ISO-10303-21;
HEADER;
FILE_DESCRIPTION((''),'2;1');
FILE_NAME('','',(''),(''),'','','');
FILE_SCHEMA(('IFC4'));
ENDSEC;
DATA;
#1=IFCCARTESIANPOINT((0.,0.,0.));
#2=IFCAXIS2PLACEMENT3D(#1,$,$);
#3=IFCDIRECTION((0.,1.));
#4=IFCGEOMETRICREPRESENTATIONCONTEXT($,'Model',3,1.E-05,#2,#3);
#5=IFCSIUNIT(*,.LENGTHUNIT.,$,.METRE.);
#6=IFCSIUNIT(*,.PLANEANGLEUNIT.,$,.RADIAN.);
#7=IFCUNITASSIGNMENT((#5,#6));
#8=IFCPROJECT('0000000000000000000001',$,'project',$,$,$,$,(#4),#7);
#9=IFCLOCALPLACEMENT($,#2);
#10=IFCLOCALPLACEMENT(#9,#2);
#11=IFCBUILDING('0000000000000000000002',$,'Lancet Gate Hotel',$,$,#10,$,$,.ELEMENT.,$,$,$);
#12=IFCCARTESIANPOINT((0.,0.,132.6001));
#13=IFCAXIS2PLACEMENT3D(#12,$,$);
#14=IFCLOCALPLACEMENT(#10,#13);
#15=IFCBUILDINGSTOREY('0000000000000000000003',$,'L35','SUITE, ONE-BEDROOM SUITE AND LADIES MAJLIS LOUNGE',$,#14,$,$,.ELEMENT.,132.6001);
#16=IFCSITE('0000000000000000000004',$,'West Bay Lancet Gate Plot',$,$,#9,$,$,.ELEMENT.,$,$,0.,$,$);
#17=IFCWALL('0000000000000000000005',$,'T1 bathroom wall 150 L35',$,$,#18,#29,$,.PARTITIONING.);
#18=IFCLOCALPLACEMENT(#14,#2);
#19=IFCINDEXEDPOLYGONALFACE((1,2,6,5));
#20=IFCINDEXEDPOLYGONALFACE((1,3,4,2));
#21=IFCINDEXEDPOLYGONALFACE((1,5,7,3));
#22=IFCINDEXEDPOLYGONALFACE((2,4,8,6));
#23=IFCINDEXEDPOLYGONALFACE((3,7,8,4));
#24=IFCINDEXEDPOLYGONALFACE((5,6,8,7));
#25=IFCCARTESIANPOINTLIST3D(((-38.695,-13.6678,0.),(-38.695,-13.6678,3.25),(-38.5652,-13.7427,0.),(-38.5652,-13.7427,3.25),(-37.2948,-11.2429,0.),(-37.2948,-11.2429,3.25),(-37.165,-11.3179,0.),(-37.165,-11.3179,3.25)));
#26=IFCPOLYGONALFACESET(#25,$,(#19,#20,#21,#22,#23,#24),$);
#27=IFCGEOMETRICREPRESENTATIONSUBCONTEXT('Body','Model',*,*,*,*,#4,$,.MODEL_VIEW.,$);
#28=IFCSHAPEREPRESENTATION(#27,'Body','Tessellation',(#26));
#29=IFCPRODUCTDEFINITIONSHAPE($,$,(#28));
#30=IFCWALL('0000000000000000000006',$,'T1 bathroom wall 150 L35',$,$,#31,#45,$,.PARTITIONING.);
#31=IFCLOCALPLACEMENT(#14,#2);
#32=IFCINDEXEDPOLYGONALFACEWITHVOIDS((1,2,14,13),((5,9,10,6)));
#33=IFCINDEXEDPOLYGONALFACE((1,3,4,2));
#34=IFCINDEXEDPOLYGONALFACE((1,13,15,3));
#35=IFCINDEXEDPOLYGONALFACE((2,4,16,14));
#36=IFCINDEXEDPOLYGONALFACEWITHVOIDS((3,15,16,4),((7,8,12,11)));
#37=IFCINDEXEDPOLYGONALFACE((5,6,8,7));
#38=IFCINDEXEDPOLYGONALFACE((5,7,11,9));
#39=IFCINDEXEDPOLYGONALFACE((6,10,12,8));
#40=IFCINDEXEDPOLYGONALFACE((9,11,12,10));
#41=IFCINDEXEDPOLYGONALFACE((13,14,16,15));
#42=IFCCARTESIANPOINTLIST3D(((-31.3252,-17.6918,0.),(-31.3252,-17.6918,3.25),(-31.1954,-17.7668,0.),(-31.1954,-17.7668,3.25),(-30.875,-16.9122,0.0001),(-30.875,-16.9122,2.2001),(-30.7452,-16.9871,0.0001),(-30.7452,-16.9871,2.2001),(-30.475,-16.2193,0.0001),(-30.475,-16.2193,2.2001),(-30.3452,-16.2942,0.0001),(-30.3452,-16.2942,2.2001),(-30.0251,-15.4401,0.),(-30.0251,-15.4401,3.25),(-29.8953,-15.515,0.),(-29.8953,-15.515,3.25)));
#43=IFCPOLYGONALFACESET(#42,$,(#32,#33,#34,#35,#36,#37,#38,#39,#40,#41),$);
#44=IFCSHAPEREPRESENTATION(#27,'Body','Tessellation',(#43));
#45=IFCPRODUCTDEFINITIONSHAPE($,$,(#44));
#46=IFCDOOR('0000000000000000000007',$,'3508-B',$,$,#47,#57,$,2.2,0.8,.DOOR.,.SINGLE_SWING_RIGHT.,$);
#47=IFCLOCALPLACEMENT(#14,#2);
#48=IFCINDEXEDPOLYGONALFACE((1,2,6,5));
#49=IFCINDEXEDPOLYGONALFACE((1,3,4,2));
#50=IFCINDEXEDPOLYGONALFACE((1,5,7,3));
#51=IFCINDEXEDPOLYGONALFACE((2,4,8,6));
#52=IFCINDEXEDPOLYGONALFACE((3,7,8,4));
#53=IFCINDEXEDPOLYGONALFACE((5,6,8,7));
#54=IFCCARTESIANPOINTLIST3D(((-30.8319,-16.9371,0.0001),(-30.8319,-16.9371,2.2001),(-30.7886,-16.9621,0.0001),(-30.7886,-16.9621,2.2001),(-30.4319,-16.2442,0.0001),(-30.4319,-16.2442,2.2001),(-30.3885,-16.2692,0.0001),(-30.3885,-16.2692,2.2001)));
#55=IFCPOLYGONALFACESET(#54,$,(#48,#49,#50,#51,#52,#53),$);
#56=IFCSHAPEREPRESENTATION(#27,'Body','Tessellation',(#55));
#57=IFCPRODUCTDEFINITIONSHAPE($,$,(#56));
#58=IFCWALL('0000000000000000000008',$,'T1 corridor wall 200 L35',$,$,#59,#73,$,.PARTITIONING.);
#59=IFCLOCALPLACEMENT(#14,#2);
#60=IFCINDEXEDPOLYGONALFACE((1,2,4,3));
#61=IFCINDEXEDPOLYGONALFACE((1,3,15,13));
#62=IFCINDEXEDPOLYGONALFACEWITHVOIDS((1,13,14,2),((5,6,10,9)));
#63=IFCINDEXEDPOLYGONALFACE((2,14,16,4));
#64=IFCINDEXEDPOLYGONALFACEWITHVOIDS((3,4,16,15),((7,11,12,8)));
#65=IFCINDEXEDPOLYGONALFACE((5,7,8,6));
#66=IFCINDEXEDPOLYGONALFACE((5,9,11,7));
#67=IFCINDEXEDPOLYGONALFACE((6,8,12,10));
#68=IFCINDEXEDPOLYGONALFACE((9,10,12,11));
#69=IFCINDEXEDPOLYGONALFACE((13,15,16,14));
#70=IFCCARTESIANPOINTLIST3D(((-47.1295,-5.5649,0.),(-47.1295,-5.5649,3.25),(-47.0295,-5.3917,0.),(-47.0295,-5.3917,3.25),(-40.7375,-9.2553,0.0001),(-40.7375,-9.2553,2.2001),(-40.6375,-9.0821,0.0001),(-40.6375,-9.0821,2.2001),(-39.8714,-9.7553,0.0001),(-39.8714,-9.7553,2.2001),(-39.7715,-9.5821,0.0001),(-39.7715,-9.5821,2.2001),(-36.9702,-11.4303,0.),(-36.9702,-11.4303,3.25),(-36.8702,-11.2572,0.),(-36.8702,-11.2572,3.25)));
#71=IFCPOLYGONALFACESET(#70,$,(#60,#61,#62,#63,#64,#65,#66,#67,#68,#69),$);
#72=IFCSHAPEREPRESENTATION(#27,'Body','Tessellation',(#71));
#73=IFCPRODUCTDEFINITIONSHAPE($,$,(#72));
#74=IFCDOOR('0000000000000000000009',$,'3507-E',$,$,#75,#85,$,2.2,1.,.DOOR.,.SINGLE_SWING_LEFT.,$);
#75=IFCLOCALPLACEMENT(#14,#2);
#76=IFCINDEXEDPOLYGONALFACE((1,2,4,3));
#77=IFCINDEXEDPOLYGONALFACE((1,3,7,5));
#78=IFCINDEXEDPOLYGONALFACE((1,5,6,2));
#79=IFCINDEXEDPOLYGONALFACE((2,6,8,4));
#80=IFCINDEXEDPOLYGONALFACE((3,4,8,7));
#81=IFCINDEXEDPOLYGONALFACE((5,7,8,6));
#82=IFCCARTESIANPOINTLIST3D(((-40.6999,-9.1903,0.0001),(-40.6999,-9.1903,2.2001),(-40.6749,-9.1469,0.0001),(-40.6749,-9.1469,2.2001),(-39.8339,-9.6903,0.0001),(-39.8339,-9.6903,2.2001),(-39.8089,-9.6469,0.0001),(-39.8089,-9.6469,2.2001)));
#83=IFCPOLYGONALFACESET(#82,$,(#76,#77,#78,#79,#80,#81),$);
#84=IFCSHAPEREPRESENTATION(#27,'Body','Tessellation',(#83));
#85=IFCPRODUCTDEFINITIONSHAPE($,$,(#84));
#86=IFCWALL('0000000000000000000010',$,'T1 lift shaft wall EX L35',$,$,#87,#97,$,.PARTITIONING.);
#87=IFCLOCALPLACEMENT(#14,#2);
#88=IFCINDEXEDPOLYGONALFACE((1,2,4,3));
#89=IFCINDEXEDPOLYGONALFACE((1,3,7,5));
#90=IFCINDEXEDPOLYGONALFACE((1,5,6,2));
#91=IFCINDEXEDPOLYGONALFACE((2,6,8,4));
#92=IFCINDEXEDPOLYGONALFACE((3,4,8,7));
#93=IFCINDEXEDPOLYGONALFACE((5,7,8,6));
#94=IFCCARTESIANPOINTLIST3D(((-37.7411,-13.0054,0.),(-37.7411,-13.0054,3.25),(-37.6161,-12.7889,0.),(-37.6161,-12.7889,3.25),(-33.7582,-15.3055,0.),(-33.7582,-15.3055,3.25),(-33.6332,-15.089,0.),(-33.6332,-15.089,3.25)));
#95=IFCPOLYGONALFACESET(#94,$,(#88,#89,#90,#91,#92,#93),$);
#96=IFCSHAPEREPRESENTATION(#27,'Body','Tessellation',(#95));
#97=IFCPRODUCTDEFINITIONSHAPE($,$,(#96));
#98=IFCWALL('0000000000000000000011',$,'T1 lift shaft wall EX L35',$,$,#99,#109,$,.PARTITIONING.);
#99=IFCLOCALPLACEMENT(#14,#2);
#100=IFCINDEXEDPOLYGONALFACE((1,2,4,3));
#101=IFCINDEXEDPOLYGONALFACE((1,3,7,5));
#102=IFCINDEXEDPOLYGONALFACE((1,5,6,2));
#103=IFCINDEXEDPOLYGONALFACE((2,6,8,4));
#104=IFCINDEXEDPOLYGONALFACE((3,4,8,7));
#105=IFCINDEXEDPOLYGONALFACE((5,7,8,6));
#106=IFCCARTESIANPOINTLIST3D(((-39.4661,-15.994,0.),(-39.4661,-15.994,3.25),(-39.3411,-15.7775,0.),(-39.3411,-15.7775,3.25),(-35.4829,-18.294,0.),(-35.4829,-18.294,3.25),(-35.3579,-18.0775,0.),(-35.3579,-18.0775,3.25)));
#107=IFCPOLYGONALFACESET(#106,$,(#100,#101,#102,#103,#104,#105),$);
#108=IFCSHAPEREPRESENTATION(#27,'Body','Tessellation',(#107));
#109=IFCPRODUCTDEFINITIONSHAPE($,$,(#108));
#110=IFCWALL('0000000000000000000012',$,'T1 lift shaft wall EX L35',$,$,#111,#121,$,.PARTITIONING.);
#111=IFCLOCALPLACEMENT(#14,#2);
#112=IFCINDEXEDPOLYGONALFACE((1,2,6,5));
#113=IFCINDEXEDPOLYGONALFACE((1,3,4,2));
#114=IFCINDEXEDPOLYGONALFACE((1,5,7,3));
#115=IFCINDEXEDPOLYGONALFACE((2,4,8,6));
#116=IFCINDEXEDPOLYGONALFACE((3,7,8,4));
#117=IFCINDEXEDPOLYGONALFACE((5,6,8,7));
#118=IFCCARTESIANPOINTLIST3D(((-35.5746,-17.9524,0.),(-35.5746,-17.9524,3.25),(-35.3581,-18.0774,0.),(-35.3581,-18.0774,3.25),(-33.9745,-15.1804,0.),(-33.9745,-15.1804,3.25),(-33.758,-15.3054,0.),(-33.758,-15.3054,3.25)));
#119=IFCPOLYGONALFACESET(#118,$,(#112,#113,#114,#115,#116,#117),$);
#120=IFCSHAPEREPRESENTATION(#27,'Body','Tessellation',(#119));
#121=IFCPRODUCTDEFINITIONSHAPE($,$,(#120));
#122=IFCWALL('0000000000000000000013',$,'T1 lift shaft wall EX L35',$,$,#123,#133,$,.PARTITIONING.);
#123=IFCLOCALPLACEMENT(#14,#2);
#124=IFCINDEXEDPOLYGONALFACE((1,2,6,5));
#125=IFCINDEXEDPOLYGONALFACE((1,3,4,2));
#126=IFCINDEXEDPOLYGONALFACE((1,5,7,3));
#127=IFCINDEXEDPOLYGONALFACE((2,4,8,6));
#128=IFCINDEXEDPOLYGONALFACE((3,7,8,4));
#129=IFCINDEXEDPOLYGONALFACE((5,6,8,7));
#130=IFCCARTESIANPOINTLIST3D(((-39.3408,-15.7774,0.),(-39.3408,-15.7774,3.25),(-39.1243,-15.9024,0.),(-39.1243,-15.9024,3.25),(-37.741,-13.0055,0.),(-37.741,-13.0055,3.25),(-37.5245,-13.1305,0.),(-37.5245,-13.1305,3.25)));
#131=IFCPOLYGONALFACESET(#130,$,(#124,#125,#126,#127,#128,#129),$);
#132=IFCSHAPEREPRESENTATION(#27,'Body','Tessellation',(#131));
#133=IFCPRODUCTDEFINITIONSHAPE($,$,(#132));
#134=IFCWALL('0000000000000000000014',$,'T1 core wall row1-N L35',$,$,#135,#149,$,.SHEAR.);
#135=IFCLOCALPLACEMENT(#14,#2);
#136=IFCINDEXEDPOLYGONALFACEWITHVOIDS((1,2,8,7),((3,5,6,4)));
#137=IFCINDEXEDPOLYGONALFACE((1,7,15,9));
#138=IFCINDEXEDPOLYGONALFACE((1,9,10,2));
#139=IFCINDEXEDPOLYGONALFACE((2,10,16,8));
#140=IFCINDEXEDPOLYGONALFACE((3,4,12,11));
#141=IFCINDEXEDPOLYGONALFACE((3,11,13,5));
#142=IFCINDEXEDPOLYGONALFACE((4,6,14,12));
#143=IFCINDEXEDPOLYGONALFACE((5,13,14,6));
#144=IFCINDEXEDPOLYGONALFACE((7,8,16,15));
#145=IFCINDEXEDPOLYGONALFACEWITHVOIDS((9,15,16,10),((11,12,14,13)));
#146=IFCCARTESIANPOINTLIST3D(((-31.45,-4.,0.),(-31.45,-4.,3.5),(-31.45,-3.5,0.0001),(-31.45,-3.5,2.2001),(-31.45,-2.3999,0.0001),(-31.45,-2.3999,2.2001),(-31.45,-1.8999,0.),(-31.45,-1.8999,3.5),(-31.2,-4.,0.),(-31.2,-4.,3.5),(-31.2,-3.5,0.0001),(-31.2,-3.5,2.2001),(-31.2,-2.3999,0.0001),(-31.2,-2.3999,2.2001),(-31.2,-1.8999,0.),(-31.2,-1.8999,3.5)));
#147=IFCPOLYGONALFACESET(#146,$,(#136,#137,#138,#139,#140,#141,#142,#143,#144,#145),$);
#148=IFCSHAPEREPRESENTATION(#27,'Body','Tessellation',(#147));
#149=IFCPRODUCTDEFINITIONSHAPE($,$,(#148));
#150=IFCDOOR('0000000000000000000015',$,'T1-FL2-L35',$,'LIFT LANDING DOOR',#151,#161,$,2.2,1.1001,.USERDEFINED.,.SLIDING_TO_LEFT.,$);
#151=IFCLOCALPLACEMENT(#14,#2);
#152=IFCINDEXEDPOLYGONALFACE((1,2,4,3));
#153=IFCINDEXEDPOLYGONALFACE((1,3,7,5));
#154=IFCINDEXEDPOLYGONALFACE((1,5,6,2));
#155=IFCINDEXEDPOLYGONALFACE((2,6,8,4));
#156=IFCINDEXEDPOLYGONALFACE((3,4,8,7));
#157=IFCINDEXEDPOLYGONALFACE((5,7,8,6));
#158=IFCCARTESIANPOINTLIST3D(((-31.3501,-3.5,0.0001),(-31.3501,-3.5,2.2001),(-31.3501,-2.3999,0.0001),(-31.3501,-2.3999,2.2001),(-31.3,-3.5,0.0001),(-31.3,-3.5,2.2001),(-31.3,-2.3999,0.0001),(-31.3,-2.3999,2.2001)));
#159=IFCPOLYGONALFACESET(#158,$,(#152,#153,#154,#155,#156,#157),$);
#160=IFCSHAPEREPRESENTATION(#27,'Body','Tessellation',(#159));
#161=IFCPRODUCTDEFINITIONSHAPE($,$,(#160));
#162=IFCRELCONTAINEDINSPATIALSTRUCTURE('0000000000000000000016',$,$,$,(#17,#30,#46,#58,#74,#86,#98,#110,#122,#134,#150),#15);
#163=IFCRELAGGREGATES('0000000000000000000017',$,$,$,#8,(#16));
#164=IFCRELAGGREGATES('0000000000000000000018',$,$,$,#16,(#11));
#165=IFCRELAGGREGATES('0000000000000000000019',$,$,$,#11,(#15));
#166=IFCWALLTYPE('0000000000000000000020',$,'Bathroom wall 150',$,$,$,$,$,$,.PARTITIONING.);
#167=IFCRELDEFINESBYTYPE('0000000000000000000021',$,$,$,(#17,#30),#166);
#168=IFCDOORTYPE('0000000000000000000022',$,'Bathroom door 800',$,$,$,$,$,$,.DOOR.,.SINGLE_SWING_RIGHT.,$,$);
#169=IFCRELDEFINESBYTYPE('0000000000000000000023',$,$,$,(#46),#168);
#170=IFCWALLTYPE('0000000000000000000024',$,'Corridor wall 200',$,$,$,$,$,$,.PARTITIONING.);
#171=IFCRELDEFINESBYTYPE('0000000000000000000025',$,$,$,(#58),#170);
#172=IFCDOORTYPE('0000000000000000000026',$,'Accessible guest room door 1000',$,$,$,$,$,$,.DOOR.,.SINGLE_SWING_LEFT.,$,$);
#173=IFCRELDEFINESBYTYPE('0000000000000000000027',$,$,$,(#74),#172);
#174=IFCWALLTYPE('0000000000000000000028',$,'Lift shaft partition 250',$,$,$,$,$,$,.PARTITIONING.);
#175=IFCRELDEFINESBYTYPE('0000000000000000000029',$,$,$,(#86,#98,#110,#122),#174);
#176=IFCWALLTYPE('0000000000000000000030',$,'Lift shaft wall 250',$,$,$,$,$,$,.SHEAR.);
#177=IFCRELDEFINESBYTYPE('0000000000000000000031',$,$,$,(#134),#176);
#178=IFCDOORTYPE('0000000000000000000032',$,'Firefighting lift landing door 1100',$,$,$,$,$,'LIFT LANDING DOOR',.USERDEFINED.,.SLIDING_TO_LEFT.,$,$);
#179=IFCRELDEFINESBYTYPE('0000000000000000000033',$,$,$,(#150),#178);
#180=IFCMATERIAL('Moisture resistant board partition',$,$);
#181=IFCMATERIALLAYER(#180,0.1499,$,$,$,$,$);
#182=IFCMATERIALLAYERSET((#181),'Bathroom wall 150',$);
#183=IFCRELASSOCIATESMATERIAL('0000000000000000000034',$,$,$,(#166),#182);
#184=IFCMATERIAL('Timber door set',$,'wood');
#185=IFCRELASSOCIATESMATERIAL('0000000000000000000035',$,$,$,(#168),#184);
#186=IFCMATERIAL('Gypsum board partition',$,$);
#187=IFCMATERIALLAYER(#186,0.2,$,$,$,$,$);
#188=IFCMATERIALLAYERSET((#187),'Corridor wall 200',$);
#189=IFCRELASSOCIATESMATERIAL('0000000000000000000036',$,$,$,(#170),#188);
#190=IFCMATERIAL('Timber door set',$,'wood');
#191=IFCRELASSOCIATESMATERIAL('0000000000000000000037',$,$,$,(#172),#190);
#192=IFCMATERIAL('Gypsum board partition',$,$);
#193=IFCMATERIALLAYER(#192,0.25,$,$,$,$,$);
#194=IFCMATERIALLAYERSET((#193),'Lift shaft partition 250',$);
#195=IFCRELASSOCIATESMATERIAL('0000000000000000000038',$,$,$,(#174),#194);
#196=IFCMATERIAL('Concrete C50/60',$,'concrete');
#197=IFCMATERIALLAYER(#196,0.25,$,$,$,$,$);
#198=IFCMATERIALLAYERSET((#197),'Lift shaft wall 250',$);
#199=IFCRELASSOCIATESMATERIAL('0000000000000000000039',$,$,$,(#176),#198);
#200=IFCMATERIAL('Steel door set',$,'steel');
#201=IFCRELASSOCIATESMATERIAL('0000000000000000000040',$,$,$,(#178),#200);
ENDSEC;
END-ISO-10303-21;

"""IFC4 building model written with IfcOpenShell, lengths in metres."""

from ifc_helpers import new_model, si_unit, direction, frame, frame_2d, origin, place, context, subcontext, project, spatial, rectangle, extrude, material, layer, layer_set, type_object, element, fill, save


model = new_model("IFC4")

# Units and contexts
model_context = context("Model", 3, precision=1e-05, world=origin(), true_north=direction((0.0, 1.0)))
body_context = subcontext(model_context, "Body", "Model", "MODEL_VIEW")
ifc_project = project(units=[si_unit("LENGTHUNIT", "METRE"), si_unit("PLANEANGLEUNIT", "RADIAN")], contexts=[model_context])

# Site, building, storey
site_placement = place(None, origin())
site = spatial("IfcSite", under=ifc_project, at=site_placement, Name="West Bay Lancet Gate Plot", CompositionType="ELEMENT", RefElevation=0.0)
building_placement = place(site_placement, origin())
building = spatial("IfcBuilding", under=site, at=building_placement, Name="Lancet Gate Hotel", CompositionType="ELEMENT")
storey_placement = place(building_placement, frame((0.0, 0.0, 132.6001)))
storey = spatial("IfcBuildingStorey", under=building, at=storey_placement, Name="L35", Description="SUITE, ONE-BEDROOM SUITE AND LADIES MAJLIS LOUNGE", CompositionType="ELEMENT", Elevation=132.6001)

# Wall
ifc_material_1 = material(Name="Moisture resistant board partition")
ifc_layer_1 = layer(ifc_material_1, 0.1499)
ifc_layer_set_1 = layer_set([ifc_layer_1], Name="Bathroom wall 150")
wall_type_1 = type_object("IfcWallType", Name="Bathroom wall 150", PredefinedType="PARTITIONING", material=ifc_layer_set_1)
wall_1_placement = place(storey_placement, frame((-37.23, -11.2805, 0.0), z_axis=(0.0, 0.0, 1.0), x_axis=(-0.50005, -0.865997, 0.0)))
element("IfcWall", 1, at=wall_1_placement, inside=storey, type_object=wall_type_1, Name="T1 bathroom wall 150 L35", PredefinedType="PARTITIONING", context=body_context, shape_type="SweptSolid", body=[
    extrude(rectangle(XDim=2.8, YDim=0.1499, at=frame_2d((1.3999, 0.0))), origin(), (0.0, 0.0, 1.0), 3.25),
])

# Walls, openings, doors
wall_2_placement = place(storey_placement, frame((-29.9602, -15.4775, 0.0), z_axis=(0.0, 0.0, 1.0), x_axis=(-0.500007, -0.866021, 0.0)))
wall_2 = element("IfcWall", 2, at=wall_2_placement, inside=storey, type_object=wall_type_1, Name="T1 bathroom wall 150 L35", PredefinedType="PARTITIONING", context=body_context, shape_type="SweptSolid", body=[
    extrude(rectangle(XDim=2.6001, YDim=0.1499, at=frame_2d((1.3, 0.0))), origin(), (0.0, 0.0, 1.0), 3.25),
])
opening_1_placement = place(wall_2_placement, frame((0.8999, 0.0, 0.0)))
opening_1 = element("IfcOpeningElement", 3, at=opening_1_placement, cuts=wall_2, PredefinedType="OPENING", context=body_context, shape_type="SweptSolid", body=[
    extrude(rectangle(XDim=0.8, YDim=2.2, at=frame_2d((0.3999, 1.1001))), frame((0.0, 0.085, 0.0), z_axis=(0.0, -1.0, 0.0), x_axis=(1.0, 0.0, 0.0)), (0.0, 0.0, 1.0), 0.1699),
])
ifc_material_2 = material(Name="Timber door set", Category="wood")
door_type_1 = type_object("IfcDoorType", Name="Bathroom door 800", OperationType="SINGLE_SWING_RIGHT", PredefinedType="DOOR", material=ifc_material_2)
door_1_placement = place(opening_1_placement, origin())
door_1 = element("IfcDoor", 4, at=door_1_placement, inside=storey, type_object=door_type_1, Name="3508-B", OperationType="SINGLE_SWING_RIGHT", OverallHeight=2.2, OverallWidth=0.8, PredefinedType="DOOR", context=body_context, shape_type="SweptSolid", body=[
    extrude(rectangle(XDim=0.8, YDim=2.2, at=frame_2d((0.3999, 1.1001))), frame((0.0, 0.0249, 0.0), z_axis=(0.0, -1.0, 0.0), x_axis=(1.0, 0.0, 0.0)), (0.0, 0.0, 1.0), 0.05),
])
fill(opening_1, door_1)
ifc_material_3 = material(Name="Gypsum board partition")
ifc_layer_2 = layer(ifc_material_3, 0.2)
ifc_layer_set_2 = layer_set([ifc_layer_2], Name="Corridor wall 200")
wall_type_2 = type_object("IfcWallType", Name="Corridor wall 200", PredefinedType="PARTITIONING", material=ifc_layer_set_2)
wall_3_placement = place(storey_placement, frame((-36.9202, -11.3438, 0.0), z_axis=(0.0, 0.0, 1.0), x_axis=(-0.866028, 0.499996, 0.0)))
wall_3 = element("IfcWall", 5, at=wall_3_placement, inside=storey, type_object=wall_type_2, Name="T1 corridor wall 200 L35", PredefinedType="PARTITIONING", context=body_context, shape_type="SweptSolid", body=[
    extrude(rectangle(XDim=11.731, YDim=0.2, at=frame_2d((5.8655, 0.0))), origin(), (0.0, 0.0, 1.0), 3.25),
])
opening_2_placement = place(wall_3_placement, frame((3.3501, 0.0, 0.0)))
opening_2 = element("IfcOpeningElement", 6, at=opening_2_placement, cuts=wall_3, PredefinedType="OPENING", context=body_context, shape_type="SweptSolid", body=[
    extrude(rectangle(XDim=1.0, YDim=2.2, at=frame_2d((0.5, 1.1001))), frame((0.0, 0.1099, 0.0), z_axis=(0.0, -1.0, 0.0), x_axis=(1.0, 0.0, 0.0)), (0.0, 0.0, 1.0), 0.22),
])
ifc_material_4 = material(Name="Timber door set", Category="wood")
door_type_2 = type_object("IfcDoorType", Name="Accessible guest room door 1000", OperationType="SINGLE_SWING_LEFT", PredefinedType="DOOR", material=ifc_material_4)
door_2_placement = place(opening_2_placement, origin())
door_2 = element("IfcDoor", 7, at=door_2_placement, inside=storey, type_object=door_type_2, Name="3507-E", OperationType="SINGLE_SWING_LEFT", OverallHeight=2.2, OverallWidth=1.0, PredefinedType="DOOR", context=body_context, shape_type="SweptSolid", body=[
    extrude(rectangle(XDim=1.0, YDim=2.2, at=frame_2d((0.5, 1.1001))), frame((0.0, 0.0249, 0.0), z_axis=(0.0, -1.0, 0.0), x_axis=(1.0, 0.0, 0.0)), (0.0, 0.0, 1.0), 0.05),
])
fill(opening_2, door_2)

# Walls
ifc_material_5 = material(Name="Gypsum board partition")
ifc_layer_3 = layer(ifc_material_5, 0.25)
ifc_layer_set_3 = layer_set([ifc_layer_3], Name="Lift shaft partition 250")
wall_type_3 = type_object("IfcWallType", Name="Lift shaft partition 250", PredefinedType="PARTITIONING", material=ifc_layer_set_3)
wall_4_placement = place(storey_placement, frame((-33.6956, -15.1973, 0.0), z_axis=(0.0, 0.0, 1.0), x_axis=(-0.865977, 0.500084, 0.0)))
element("IfcWall", 8, at=wall_4_placement, inside=storey, type_object=wall_type_3, Name="T1 lift shaft wall EX L35", PredefinedType="PARTITIONING", context=body_context, shape_type="SweptSolid", body=[
    extrude(rectangle(XDim=4.5994, YDim=0.25, at=frame_2d((2.2998, 0.0))), origin(), (0.0, 0.0, 1.0), 3.25),
])
wall_5_placement = place(storey_placement, frame((-35.4204, -18.1858, 0.0), z_axis=(0.0, 0.0, 1.0), x_axis=(-0.86599, 0.500061, 0.0)))
element("IfcWall", 9, at=wall_5_placement, inside=storey, type_object=wall_type_3, Name="T1 lift shaft wall EX L35", PredefinedType="PARTITIONING", context=body_context, shape_type="SweptSolid", body=[
    extrude(rectangle(XDim=4.5996, YDim=0.25, at=frame_2d((2.2998, 0.0))), origin(), (0.0, 0.0, 1.0), 3.25),
])
wall_6_placement = place(storey_placement, frame((-33.8662, -15.2429, 0.0), z_axis=(0.0, 0.0, 1.0), x_axis=(-0.499929, -0.866066, 0.0)))
element("IfcWall", 10, at=wall_6_placement, inside=storey, type_object=wall_type_3, Name="T1 lift shaft wall EX L35", PredefinedType="PARTITIONING", context=body_context, shape_type="SweptSolid", body=[
    extrude(rectangle(XDim=3.2007, YDim=0.25, at=frame_2d((1.6003, 0.0))), origin(), (0.0, 0.0, 1.0), 3.25),
])
wall_7_placement = place(storey_placement, frame((-37.6328, -13.0681, 0.0), z_axis=(0.0, 0.0, 1.0), x_axis=(-0.499872, -0.866099, 0.0)))
element("IfcWall", 11, at=wall_7_placement, inside=storey, type_object=wall_type_3, Name="T1 lift shaft wall EX L35", PredefinedType="PARTITIONING", context=body_context, shape_type="SweptSolid", body=[
    extrude(rectangle(XDim=3.2004, YDim=0.25, at=frame_2d((1.6001, 0.0))), origin(), (0.0, 0.0, 1.0), 3.25),
])

# Wall, opening, door
ifc_material_6 = material(Name="Concrete C50/60", Category="concrete")
ifc_layer_4 = layer(ifc_material_6, 0.25)
ifc_layer_set_4 = layer_set([ifc_layer_4], Name="Lift shaft wall 250")
wall_type_4 = type_object("IfcWallType", Name="Lift shaft wall 250", PredefinedType="SHEAR", material=ifc_layer_set_4)
wall_8_placement = place(storey_placement, frame((-31.325, -1.8999, 0.0), z_axis=(0.0, 0.0, 1.0), x_axis=(0.0, -1.0, 0.0)))
wall_8 = element("IfcWall", 12, at=wall_8_placement, inside=storey, type_object=wall_type_4, Name="T1 core wall row1-N L35", PredefinedType="SHEAR", context=body_context, shape_type="SweptSolid", body=[
    extrude(rectangle(XDim=2.1001, YDim=0.25, at=frame_2d((1.05, 0.0))), origin(), (0.0, 0.0, 1.0), 3.5),
])
opening_3_placement = place(wall_8_placement, frame((0.5, 0.0, 0.0)))
opening_3 = element("IfcOpeningElement", 13, at=opening_3_placement, cuts=wall_8, PredefinedType="OPENING", context=body_context, shape_type="SweptSolid", body=[
    extrude(rectangle(XDim=1.1001, YDim=2.2, at=frame_2d((0.55, 1.1001))), frame((0.0, 0.135, 0.0), z_axis=(0.0, -1.0, 0.0), x_axis=(1.0, 0.0, 0.0)), (0.0, 0.0, 1.0), 0.27),
])
ifc_material_7 = material(Name="Steel door set", Category="steel")
door_type_3 = type_object("IfcDoorType", Name="Firefighting lift landing door 1100", ElementType="LIFT LANDING DOOR", OperationType="SLIDING_TO_LEFT", PredefinedType="USERDEFINED", material=ifc_material_7)
door_3_placement = place(opening_3_placement, origin())
door_3 = element("IfcDoor", 14, at=door_3_placement, inside=storey, type_object=door_type_3, Name="T1-FL2-L35", ObjectType="LIFT LANDING DOOR", OperationType="SLIDING_TO_LEFT", OverallHeight=2.2, OverallWidth=1.1001, PredefinedType="USERDEFINED", context=body_context, shape_type="SweptSolid", body=[
    extrude(rectangle(XDim=1.1001, YDim=2.2, at=frame_2d((0.55, 1.1001))), frame((0.0, 0.0249, 0.0), z_axis=(0.0, -1.0, 0.0), x_axis=(1.0, 0.0, 0.0)), (0.0, 0.0, 1.0), 0.05),
])
fill(opening_3, door_3)

save(model, "model.ifc")
